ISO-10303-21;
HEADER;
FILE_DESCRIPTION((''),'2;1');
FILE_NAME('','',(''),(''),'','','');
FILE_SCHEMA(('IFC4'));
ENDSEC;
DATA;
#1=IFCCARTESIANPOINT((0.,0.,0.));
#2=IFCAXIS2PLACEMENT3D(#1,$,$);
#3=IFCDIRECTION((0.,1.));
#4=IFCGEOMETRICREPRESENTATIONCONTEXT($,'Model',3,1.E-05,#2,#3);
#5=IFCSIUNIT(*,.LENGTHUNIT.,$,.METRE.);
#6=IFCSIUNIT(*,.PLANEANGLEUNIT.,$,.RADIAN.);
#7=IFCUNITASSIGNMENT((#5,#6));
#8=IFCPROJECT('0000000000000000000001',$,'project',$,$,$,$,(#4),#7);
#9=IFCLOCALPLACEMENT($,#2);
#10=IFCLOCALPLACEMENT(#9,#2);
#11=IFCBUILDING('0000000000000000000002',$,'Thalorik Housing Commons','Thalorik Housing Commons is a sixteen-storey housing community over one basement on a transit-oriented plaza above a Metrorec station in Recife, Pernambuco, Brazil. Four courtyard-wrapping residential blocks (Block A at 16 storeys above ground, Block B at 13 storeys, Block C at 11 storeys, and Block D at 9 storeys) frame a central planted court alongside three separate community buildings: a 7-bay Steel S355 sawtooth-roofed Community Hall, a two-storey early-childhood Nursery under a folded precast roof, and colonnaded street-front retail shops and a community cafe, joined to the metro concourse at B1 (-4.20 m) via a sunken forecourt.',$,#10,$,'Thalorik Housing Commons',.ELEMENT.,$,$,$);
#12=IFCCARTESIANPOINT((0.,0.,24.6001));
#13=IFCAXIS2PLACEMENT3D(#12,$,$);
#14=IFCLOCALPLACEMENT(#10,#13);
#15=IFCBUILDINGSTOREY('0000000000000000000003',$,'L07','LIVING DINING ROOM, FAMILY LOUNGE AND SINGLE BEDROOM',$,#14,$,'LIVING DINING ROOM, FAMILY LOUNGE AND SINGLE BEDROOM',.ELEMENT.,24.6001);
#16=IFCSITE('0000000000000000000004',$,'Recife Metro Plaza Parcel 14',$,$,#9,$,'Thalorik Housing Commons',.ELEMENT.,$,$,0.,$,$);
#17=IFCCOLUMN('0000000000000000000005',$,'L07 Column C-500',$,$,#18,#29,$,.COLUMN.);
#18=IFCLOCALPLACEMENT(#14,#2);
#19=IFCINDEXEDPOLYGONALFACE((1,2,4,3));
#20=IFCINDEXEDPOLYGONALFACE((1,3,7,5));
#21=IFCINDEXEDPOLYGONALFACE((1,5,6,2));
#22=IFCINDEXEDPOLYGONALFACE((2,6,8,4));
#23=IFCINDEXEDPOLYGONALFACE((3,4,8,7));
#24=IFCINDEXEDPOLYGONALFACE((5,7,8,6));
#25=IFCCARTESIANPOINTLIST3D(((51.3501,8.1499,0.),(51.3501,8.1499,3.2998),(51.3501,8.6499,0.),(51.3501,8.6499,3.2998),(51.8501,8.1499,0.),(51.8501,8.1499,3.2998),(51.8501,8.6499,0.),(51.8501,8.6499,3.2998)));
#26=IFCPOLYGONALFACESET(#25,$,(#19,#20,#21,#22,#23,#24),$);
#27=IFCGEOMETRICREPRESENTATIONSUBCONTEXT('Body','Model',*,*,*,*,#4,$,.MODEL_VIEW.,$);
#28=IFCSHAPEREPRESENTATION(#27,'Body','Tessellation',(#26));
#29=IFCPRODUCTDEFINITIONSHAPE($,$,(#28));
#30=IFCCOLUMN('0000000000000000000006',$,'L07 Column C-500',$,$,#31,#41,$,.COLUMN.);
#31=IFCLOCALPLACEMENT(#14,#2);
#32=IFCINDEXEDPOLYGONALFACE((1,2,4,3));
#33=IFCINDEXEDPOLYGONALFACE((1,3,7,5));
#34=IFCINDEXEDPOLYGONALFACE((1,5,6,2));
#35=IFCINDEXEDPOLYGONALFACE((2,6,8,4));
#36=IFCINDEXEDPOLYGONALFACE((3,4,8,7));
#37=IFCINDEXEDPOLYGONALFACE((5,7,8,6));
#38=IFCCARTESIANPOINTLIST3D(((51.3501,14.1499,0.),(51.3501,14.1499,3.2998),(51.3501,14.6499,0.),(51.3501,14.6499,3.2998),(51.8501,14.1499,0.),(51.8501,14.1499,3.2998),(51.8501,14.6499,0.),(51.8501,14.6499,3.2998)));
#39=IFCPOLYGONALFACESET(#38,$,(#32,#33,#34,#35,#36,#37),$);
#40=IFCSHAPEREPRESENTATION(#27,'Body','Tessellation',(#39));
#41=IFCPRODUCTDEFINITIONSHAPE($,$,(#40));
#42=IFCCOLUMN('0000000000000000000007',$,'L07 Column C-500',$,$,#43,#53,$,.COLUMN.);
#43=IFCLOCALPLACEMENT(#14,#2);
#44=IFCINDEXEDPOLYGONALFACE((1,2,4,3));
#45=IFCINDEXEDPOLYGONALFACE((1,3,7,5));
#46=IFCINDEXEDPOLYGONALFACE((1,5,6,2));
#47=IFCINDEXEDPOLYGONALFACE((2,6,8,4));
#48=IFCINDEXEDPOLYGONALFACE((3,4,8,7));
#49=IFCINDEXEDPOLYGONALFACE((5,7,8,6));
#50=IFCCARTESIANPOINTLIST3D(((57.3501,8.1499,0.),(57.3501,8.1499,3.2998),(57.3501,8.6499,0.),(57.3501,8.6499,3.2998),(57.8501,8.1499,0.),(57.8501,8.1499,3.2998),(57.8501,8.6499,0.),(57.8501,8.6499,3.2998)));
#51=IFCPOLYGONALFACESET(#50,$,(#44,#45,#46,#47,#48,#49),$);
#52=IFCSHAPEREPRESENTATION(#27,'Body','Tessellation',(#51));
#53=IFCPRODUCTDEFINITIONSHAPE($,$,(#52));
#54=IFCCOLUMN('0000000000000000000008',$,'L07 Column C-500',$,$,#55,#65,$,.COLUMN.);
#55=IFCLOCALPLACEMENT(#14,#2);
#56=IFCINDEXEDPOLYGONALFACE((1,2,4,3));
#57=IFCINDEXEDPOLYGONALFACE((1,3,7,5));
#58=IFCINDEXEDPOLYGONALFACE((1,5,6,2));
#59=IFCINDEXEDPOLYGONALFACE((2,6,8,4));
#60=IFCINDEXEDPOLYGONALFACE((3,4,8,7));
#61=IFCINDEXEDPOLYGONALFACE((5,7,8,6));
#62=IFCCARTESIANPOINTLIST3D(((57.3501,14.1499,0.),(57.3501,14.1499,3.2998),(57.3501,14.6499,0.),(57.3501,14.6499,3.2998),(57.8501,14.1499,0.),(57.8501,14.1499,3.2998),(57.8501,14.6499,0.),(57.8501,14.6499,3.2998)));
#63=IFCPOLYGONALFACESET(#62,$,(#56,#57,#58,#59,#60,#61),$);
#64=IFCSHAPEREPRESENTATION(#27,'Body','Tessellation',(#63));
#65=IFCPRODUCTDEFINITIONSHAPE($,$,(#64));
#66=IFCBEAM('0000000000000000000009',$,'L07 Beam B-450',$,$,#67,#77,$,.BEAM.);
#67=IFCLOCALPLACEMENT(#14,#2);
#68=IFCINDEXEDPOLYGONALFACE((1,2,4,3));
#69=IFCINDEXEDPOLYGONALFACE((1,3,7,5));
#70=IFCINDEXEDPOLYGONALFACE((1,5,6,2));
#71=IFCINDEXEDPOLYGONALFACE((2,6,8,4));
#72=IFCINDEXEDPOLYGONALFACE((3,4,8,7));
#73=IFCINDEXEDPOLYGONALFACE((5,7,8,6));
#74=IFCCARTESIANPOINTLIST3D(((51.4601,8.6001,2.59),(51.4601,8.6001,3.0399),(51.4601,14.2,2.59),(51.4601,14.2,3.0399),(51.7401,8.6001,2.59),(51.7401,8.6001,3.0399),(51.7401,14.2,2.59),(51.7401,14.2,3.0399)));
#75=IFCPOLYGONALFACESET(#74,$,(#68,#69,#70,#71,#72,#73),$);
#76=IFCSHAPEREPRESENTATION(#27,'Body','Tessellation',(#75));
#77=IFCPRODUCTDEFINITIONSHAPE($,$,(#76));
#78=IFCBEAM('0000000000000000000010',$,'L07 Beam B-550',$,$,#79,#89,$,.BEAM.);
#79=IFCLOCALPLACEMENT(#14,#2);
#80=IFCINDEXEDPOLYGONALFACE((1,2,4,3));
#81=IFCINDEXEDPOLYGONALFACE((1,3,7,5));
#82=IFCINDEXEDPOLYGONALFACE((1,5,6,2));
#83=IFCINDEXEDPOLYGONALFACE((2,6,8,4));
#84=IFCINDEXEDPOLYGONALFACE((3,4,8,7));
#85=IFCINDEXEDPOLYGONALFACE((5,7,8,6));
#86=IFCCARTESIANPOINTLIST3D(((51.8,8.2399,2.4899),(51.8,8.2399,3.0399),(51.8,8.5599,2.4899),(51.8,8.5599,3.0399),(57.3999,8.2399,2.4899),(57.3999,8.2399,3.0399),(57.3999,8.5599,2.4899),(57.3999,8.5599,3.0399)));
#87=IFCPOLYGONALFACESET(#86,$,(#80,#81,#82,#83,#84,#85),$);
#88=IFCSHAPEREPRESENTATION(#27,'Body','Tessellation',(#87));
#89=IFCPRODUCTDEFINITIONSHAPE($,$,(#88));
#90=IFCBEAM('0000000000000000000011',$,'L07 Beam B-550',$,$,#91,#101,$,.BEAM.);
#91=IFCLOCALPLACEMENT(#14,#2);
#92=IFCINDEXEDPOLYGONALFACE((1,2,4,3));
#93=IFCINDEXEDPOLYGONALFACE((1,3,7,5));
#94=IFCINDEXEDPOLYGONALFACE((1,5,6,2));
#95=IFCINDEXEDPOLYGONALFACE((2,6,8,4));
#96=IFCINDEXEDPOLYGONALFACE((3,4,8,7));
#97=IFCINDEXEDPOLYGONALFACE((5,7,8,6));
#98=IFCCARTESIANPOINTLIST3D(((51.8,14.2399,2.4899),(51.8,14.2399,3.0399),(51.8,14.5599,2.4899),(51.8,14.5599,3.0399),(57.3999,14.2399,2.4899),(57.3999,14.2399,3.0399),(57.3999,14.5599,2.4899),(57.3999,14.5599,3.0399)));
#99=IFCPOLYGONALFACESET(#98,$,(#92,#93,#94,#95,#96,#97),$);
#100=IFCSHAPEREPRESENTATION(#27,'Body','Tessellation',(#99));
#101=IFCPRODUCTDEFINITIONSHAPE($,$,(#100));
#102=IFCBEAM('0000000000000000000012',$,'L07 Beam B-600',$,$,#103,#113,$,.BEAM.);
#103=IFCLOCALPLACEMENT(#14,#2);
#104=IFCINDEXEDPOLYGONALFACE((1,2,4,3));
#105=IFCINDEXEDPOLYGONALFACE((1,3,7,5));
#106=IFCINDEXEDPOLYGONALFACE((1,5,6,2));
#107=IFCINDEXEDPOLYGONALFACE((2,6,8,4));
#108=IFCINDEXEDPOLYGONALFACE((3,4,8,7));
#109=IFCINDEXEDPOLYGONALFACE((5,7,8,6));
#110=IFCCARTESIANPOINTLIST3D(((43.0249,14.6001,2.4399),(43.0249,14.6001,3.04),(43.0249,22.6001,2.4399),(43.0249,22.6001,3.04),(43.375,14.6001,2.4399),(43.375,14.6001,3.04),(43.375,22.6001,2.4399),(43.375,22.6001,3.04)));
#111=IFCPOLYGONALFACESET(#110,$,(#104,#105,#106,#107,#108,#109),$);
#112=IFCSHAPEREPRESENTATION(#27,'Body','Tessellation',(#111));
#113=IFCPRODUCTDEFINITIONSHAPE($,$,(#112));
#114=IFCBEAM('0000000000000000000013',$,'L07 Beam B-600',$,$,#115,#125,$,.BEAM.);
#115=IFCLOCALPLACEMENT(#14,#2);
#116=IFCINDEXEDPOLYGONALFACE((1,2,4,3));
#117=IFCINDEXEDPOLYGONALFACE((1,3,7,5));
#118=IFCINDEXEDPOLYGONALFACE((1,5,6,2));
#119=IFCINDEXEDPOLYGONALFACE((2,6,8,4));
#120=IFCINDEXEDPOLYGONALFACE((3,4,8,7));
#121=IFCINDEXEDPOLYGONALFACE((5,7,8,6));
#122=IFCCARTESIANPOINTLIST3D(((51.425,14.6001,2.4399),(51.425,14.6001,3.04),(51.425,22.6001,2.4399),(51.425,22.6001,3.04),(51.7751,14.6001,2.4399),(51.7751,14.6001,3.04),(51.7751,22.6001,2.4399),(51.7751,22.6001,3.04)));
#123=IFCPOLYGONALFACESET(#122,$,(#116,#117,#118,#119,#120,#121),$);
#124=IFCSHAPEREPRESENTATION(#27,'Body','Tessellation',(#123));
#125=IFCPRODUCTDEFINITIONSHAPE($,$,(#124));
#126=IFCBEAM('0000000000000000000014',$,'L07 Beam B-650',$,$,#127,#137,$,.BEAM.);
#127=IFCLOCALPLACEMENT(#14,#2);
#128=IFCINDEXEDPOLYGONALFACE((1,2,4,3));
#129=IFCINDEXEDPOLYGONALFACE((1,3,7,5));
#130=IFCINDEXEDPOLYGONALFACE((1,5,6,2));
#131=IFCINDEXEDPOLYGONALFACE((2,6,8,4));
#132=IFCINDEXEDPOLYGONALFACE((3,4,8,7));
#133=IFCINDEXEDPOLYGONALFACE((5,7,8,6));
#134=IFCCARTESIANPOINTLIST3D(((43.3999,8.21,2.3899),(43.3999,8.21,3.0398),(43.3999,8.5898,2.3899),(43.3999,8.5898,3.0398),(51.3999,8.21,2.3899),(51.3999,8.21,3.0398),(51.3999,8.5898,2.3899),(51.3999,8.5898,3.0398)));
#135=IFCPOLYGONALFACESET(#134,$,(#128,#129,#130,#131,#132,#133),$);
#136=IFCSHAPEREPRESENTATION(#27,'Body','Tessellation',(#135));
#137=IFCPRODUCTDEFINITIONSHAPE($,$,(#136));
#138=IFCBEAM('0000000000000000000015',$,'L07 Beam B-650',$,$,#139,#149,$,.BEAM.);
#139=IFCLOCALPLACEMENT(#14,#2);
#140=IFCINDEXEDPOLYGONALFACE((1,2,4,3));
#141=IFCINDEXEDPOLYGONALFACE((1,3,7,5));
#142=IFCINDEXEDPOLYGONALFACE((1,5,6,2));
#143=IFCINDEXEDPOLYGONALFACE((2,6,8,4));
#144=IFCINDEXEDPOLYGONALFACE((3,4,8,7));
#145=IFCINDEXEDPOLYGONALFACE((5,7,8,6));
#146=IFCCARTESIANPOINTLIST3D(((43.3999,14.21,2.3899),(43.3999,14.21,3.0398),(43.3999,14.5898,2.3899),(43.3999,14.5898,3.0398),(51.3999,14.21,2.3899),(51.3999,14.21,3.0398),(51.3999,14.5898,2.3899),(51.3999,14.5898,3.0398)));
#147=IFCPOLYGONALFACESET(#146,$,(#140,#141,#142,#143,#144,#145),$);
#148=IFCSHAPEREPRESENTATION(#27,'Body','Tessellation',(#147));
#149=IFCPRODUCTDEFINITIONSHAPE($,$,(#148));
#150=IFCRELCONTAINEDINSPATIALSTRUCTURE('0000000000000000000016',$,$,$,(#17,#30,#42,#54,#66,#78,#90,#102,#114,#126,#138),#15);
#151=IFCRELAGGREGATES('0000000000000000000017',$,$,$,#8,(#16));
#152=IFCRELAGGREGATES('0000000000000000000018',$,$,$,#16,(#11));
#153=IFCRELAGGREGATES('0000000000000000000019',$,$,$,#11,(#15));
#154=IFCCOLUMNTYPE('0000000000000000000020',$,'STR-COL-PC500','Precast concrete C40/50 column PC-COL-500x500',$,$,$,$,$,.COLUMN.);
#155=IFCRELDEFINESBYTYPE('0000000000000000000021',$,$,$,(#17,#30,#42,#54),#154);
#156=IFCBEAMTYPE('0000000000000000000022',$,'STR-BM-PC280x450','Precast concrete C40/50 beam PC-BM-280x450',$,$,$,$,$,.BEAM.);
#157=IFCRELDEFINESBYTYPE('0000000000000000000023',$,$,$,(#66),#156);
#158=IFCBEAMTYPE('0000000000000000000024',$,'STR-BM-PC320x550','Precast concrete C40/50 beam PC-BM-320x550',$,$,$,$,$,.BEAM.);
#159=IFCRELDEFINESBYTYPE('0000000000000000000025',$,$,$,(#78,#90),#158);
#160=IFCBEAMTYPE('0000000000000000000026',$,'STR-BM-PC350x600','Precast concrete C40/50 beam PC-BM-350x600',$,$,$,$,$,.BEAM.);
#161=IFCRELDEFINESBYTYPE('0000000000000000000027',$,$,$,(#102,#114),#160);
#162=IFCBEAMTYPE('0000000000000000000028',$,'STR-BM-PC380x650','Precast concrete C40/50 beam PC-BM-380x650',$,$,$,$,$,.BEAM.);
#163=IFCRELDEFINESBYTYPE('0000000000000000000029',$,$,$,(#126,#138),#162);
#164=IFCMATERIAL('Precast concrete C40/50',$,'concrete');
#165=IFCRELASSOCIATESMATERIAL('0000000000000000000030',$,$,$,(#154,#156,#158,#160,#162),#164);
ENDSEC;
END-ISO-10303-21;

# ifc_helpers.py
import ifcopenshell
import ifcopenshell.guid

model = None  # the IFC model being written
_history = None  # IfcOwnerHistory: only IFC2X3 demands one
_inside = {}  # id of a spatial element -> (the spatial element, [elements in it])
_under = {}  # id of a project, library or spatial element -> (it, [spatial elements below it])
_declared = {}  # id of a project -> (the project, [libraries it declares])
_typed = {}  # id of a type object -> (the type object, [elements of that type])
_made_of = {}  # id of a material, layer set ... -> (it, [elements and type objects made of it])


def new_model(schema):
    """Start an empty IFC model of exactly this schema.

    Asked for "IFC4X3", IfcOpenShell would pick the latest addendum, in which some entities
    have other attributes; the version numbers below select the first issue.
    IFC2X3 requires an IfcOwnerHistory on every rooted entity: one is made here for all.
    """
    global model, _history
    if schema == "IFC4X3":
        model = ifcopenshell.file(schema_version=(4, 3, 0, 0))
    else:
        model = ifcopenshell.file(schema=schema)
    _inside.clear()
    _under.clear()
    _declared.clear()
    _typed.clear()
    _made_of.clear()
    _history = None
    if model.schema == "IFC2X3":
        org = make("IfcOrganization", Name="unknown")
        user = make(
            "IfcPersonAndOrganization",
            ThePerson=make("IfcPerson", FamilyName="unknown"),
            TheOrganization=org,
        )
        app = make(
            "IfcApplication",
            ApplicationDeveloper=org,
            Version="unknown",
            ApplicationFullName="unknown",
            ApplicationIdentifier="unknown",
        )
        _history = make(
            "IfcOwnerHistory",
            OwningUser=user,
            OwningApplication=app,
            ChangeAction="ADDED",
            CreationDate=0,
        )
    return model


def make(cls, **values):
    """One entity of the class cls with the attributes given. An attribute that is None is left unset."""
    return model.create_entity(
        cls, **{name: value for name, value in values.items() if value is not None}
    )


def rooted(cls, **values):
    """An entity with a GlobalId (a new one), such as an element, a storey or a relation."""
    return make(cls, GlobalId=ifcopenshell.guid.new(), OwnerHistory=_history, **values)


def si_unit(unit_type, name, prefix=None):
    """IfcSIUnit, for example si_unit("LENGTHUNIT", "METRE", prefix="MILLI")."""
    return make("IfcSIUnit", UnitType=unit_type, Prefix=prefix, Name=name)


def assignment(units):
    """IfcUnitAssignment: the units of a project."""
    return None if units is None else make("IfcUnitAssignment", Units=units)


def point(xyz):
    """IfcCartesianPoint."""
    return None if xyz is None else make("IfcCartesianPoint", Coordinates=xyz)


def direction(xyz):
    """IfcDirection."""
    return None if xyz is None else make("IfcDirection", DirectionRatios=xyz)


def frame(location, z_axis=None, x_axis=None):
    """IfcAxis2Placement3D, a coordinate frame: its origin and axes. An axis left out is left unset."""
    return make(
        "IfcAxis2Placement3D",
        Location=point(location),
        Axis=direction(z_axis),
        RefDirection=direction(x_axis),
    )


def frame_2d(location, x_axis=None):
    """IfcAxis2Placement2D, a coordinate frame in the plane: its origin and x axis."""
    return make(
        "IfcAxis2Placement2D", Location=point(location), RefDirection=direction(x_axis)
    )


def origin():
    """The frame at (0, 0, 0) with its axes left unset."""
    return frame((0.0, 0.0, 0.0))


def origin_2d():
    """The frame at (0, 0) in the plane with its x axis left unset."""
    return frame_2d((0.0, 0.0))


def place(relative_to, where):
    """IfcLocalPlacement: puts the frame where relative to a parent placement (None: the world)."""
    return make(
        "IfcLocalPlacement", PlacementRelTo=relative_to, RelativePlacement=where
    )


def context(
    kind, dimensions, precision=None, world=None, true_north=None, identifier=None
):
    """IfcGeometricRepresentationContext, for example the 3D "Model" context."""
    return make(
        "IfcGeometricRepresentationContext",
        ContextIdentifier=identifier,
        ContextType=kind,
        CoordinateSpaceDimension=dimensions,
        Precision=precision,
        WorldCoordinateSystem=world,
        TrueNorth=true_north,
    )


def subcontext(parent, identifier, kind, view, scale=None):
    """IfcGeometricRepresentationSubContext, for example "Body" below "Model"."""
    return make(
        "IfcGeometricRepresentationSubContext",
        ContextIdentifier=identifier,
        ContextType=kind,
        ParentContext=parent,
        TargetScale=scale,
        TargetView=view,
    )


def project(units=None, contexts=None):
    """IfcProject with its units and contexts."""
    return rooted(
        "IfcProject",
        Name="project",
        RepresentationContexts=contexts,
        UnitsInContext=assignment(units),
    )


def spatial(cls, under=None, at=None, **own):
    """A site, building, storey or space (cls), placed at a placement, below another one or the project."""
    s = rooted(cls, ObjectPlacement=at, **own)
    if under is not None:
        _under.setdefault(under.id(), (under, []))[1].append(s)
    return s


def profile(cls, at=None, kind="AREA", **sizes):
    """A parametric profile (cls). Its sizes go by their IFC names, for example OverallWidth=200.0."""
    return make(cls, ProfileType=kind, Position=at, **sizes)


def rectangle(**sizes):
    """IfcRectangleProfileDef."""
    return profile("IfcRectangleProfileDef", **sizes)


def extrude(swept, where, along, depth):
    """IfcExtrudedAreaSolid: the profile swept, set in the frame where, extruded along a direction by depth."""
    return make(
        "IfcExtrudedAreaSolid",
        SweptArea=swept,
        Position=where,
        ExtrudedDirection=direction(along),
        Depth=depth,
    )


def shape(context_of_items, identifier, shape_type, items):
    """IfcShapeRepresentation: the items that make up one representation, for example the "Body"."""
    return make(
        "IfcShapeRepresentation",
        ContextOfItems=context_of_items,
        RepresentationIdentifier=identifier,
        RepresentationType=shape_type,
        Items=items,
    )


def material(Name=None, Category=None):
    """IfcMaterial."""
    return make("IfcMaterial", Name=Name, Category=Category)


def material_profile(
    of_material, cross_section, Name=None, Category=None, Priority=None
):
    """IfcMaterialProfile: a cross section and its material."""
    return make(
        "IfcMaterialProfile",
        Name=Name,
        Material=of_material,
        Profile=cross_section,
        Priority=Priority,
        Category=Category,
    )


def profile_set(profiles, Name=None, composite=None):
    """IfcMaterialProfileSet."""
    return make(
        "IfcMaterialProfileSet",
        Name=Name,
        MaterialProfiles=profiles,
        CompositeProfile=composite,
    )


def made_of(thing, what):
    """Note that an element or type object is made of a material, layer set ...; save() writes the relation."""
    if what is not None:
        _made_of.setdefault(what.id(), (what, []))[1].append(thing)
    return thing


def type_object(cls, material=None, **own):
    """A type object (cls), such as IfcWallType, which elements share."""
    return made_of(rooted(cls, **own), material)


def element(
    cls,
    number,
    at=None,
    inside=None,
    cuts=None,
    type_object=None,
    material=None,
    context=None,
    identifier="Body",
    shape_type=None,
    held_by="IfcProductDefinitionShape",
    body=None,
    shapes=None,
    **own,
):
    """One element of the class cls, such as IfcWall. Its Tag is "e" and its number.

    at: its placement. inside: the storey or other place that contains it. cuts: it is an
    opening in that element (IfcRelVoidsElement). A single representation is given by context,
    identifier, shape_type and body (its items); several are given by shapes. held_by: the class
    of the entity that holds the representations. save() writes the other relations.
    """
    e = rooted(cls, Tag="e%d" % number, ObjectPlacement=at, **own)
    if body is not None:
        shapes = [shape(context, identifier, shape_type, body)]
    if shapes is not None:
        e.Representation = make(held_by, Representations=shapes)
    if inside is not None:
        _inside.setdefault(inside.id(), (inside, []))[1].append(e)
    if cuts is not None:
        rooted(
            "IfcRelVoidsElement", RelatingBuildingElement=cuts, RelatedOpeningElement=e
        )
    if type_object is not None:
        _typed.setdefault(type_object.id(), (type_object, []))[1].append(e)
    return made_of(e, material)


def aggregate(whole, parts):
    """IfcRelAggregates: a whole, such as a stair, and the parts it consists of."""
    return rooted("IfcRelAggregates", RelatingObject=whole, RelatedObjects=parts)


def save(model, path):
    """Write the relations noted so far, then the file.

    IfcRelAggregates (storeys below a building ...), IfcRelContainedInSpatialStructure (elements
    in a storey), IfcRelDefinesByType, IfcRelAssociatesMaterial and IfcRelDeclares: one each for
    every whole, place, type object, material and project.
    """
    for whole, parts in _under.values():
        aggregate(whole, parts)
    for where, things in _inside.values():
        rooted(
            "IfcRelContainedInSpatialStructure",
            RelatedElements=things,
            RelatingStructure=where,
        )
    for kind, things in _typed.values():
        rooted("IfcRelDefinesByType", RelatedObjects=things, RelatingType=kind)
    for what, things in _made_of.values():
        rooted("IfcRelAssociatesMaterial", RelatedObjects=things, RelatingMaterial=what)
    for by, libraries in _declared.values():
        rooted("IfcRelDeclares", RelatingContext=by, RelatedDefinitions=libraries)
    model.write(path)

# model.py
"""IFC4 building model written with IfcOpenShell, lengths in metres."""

from ifc_helpers import new_model, si_unit, direction, frame, origin, origin_2d, place, context, subcontext, project, spatial, rectangle, extrude, material, material_profile, profile_set, type_object, element, save


model = new_model("IFC4")

# Units and contexts
model_context = context("Model", 3, precision=1e-05, world=origin(), true_north=direction((0.0, 1.0)))
body_context = subcontext(model_context, "Body", "Model", "MODEL_VIEW")
ifc_project = project(units=[si_unit("LENGTHUNIT", "METRE"), si_unit("PLANEANGLEUNIT", "RADIAN")], contexts=[model_context])

# Site, building, storey
site_placement = place(None, origin())
site = spatial("IfcSite", under=ifc_project, at=site_placement, Name="Recife Metro Plaza Parcel 14", LongName="Thalorik Housing Commons", CompositionType="ELEMENT", RefElevation=0.0)
building_placement = place(site_placement, origin())
building = spatial("IfcBuilding", under=site, at=building_placement, Name="Thalorik Housing Commons", Description="Thalorik Housing Commons is a sixteen-storey housing community over one basement on a transit-oriented plaza above a Metrorec station in Recife, Pernambuco, Brazil. Four courtyard-wrapping residential blocks (Block A at 16 storeys above ground, Block B at 13 storeys, Block C at 11 storeys, and Block D at 9 storeys) frame a central planted court alongside three separate community buildings: a 7-bay Steel S355 sawtooth-roofed Community Hall, a two-storey early-childhood Nursery under a folded precast roof, and colonnaded street-front retail shops and a community cafe, joined to the metro concourse at B1 (-4.20 m) via a sunken forecourt.", LongName="Thalorik Housing Commons", CompositionType="ELEMENT")
storey_placement = place(building_placement, frame((0.0, 0.0, 24.6001)))
storey = spatial("IfcBuildingStorey", under=building, at=storey_placement, Name="L07", Description="LIVING DINING ROOM, FAMILY LOUNGE AND SINGLE BEDROOM", LongName="LIVING DINING ROOM, FAMILY LOUNGE AND SINGLE BEDROOM", CompositionType="ELEMENT", Elevation=24.6001)

# Columns
ifc_material_1 = material(Name="Precast concrete C40/50", Category="concrete")
ifc_material_profile_1 = material_profile(ifc_material_1, rectangle(XDim=0.5, YDim=0.5, at=origin_2d()), Name="PC 500x500", Category="concrete")
ifc_profile_set_1 = profile_set([ifc_material_profile_1], Name="Precast concrete C40/50")
column_type = type_object("IfcColumnType", Name="STR-COL-PC500", Description="Precast concrete C40/50 column PC-COL-500x500", PredefinedType="COLUMN", material=ifc_profile_set_1)
for number, where, z_axis, x_axis, name in (
    (1, (51.6001, 8.3999, 0.0), (0.0, 0.0, 1.0), (1.0, 0.0, 0.0), "L07 Column C-500"),
    (2, (51.6001, 14.3999, 0.0), (0.0, 0.0, 1.0), (1.0, 0.0, 0.0), "L07 Column C-500"),
    (3, (57.6001, 8.3999, 0.0), (0.0, 0.0, 1.0), (1.0, 0.0, 0.0), "L07 Column C-500"),
    (4, (57.6001, 14.3999, 0.0), (0.0, 0.0, 1.0), (1.0, 0.0, 0.0), "L07 Column C-500"),
):
    element("IfcColumn", number, at=place(storey_placement, frame(where, z_axis=z_axis, x_axis=x_axis)), inside=storey, type_object=column_type, Name=name, PredefinedType="COLUMN", context=body_context, shape_type="SweptSolid", body=[
        extrude(rectangle(XDim=0.5, YDim=0.5, at=origin_2d()), origin(), (0.0, 0.0, 1.0), 3.2998),
    ])

# Beams
ifc_material_profile_2 = material_profile(ifc_material_1, rectangle(XDim=0.28, YDim=0.45, at=origin_2d()), Name="PC 280x450", Category="concrete")
ifc_profile_set_2 = profile_set([ifc_material_profile_2], Name="Precast concrete C40/50")
beam_type_1 = type_object("IfcBeamType", Name="STR-BM-PC280x450", Description="Precast concrete C40/50 beam PC-BM-280x450", PredefinedType="BEAM", material=ifc_profile_set_2)
beam_placement = place(storey_placement, frame((51.6001, 8.6001, 2.8149), z_axis=(0.0, 1.0, 0.0), x_axis=(-1.0, 0.0, 0.0)))
element("IfcBeam", 5, at=beam_placement, inside=storey, type_object=beam_type_1, Name="L07 Beam B-450", PredefinedType="BEAM", context=body_context, shape_type="SweptSolid", body=[
    extrude(rectangle(XDim=0.28, YDim=0.45, at=origin_2d()), origin(), (0.0, 0.0, 1.0), 5.5999),
])
ifc_material_profile_3 = material_profile(ifc_material_1, rectangle(XDim=0.3201, YDim=0.55, at=origin_2d()), Name="PC 320x550", Category="concrete")
ifc_profile_set_3 = profile_set([ifc_material_profile_3], Name="Precast concrete C40/50")
beam_type_2 = type_object("IfcBeamType", Name="STR-BM-PC320x550", Description="Precast concrete C40/50 beam PC-BM-320x550", PredefinedType="BEAM", material=ifc_profile_set_3)
for number, where, z_axis, x_axis, name in (
    (6, (51.8, 8.3999, 2.7649), (1.0, 0.0, 0.0), (0.0, 1.0, 0.0), "L07 Beam B-550"),
    (7, (51.8, 14.3999, 2.7649), (1.0, 0.0, 0.0), (0.0, 1.0, 0.0), "L07 Beam B-550"),
):
    element("IfcBeam", number, at=place(storey_placement, frame(where, z_axis=z_axis, x_axis=x_axis)), inside=storey, type_object=beam_type_2, Name=name, PredefinedType="BEAM", context=body_context, shape_type="SweptSolid", body=[
        extrude(rectangle(XDim=0.3201, YDim=0.55, at=origin_2d()), origin(), (0.0, 0.0, 1.0), 5.5999),
    ])
ifc_material_profile_4 = material_profile(ifc_material_1, rectangle(XDim=0.3501, YDim=0.6001, at=origin_2d()), Name="PC 350x600", Category="concrete")
ifc_profile_set_4 = profile_set([ifc_material_profile_4], Name="Precast concrete C40/50")
beam_type_3 = type_object("IfcBeamType", Name="STR-BM-PC350x600", Description="Precast concrete C40/50 beam PC-BM-350x600", PredefinedType="BEAM", material=ifc_profile_set_4)
for number, where, z_axis, x_axis, name in (
    (8, (43.2, 14.6001, 2.74), (0.0, 1.0, 0.0), (-1.0, 0.0, 0.0), "L07 Beam B-600"),
    (9, (51.6001, 14.6001, 2.74), (0.0, 1.0, 0.0), (-1.0, 0.0, 0.0), "L07 Beam B-600"),
):
    element("IfcBeam", number, at=place(storey_placement, frame(where, z_axis=z_axis, x_axis=x_axis)), inside=storey, type_object=beam_type_3, Name=name, PredefinedType="BEAM", context=body_context, shape_type="SweptSolid", body=[
        extrude(rectangle(XDim=0.3501, YDim=0.6001, at=origin_2d()), origin(), (0.0, 0.0, 1.0), 8.0),
    ])
ifc_material_profile_5 = material_profile(ifc_material_1, rectangle(XDim=0.3799, YDim=0.6499, at=origin_2d()), Name="PC 380x650", Category="concrete")
ifc_profile_set_5 = profile_set([ifc_material_profile_5], Name="Precast concrete C40/50")
beam_type_4 = type_object("IfcBeamType", Name="STR-BM-PC380x650", Description="Precast concrete C40/50 beam PC-BM-380x650", PredefinedType="BEAM", material=ifc_profile_set_5)
for number, where, z_axis, x_axis, name in (
    (10, (43.3999, 8.3999, 2.7148), (1.0, 0.0, 0.0), (0.0, 1.0, 0.0), "L07 Beam B-650"),
    (11, (43.3999, 14.3999, 2.7148), (1.0, 0.0, 0.0), (0.0, 1.0, 0.0), "L07 Beam B-650"),
):
    element("IfcBeam", number, at=place(storey_placement, frame(where, z_axis=z_axis, x_axis=x_axis)), inside=storey, type_object=beam_type_4, Name=name, PredefinedType="BEAM", context=body_context, shape_type="SweptSolid", body=[
        extrude(rectangle(XDim=0.3799, YDim=0.6499, at=origin_2d()), origin(), (0.0, 0.0, 1.0), 8.0),
    ])

save(model, "model.ifc")
